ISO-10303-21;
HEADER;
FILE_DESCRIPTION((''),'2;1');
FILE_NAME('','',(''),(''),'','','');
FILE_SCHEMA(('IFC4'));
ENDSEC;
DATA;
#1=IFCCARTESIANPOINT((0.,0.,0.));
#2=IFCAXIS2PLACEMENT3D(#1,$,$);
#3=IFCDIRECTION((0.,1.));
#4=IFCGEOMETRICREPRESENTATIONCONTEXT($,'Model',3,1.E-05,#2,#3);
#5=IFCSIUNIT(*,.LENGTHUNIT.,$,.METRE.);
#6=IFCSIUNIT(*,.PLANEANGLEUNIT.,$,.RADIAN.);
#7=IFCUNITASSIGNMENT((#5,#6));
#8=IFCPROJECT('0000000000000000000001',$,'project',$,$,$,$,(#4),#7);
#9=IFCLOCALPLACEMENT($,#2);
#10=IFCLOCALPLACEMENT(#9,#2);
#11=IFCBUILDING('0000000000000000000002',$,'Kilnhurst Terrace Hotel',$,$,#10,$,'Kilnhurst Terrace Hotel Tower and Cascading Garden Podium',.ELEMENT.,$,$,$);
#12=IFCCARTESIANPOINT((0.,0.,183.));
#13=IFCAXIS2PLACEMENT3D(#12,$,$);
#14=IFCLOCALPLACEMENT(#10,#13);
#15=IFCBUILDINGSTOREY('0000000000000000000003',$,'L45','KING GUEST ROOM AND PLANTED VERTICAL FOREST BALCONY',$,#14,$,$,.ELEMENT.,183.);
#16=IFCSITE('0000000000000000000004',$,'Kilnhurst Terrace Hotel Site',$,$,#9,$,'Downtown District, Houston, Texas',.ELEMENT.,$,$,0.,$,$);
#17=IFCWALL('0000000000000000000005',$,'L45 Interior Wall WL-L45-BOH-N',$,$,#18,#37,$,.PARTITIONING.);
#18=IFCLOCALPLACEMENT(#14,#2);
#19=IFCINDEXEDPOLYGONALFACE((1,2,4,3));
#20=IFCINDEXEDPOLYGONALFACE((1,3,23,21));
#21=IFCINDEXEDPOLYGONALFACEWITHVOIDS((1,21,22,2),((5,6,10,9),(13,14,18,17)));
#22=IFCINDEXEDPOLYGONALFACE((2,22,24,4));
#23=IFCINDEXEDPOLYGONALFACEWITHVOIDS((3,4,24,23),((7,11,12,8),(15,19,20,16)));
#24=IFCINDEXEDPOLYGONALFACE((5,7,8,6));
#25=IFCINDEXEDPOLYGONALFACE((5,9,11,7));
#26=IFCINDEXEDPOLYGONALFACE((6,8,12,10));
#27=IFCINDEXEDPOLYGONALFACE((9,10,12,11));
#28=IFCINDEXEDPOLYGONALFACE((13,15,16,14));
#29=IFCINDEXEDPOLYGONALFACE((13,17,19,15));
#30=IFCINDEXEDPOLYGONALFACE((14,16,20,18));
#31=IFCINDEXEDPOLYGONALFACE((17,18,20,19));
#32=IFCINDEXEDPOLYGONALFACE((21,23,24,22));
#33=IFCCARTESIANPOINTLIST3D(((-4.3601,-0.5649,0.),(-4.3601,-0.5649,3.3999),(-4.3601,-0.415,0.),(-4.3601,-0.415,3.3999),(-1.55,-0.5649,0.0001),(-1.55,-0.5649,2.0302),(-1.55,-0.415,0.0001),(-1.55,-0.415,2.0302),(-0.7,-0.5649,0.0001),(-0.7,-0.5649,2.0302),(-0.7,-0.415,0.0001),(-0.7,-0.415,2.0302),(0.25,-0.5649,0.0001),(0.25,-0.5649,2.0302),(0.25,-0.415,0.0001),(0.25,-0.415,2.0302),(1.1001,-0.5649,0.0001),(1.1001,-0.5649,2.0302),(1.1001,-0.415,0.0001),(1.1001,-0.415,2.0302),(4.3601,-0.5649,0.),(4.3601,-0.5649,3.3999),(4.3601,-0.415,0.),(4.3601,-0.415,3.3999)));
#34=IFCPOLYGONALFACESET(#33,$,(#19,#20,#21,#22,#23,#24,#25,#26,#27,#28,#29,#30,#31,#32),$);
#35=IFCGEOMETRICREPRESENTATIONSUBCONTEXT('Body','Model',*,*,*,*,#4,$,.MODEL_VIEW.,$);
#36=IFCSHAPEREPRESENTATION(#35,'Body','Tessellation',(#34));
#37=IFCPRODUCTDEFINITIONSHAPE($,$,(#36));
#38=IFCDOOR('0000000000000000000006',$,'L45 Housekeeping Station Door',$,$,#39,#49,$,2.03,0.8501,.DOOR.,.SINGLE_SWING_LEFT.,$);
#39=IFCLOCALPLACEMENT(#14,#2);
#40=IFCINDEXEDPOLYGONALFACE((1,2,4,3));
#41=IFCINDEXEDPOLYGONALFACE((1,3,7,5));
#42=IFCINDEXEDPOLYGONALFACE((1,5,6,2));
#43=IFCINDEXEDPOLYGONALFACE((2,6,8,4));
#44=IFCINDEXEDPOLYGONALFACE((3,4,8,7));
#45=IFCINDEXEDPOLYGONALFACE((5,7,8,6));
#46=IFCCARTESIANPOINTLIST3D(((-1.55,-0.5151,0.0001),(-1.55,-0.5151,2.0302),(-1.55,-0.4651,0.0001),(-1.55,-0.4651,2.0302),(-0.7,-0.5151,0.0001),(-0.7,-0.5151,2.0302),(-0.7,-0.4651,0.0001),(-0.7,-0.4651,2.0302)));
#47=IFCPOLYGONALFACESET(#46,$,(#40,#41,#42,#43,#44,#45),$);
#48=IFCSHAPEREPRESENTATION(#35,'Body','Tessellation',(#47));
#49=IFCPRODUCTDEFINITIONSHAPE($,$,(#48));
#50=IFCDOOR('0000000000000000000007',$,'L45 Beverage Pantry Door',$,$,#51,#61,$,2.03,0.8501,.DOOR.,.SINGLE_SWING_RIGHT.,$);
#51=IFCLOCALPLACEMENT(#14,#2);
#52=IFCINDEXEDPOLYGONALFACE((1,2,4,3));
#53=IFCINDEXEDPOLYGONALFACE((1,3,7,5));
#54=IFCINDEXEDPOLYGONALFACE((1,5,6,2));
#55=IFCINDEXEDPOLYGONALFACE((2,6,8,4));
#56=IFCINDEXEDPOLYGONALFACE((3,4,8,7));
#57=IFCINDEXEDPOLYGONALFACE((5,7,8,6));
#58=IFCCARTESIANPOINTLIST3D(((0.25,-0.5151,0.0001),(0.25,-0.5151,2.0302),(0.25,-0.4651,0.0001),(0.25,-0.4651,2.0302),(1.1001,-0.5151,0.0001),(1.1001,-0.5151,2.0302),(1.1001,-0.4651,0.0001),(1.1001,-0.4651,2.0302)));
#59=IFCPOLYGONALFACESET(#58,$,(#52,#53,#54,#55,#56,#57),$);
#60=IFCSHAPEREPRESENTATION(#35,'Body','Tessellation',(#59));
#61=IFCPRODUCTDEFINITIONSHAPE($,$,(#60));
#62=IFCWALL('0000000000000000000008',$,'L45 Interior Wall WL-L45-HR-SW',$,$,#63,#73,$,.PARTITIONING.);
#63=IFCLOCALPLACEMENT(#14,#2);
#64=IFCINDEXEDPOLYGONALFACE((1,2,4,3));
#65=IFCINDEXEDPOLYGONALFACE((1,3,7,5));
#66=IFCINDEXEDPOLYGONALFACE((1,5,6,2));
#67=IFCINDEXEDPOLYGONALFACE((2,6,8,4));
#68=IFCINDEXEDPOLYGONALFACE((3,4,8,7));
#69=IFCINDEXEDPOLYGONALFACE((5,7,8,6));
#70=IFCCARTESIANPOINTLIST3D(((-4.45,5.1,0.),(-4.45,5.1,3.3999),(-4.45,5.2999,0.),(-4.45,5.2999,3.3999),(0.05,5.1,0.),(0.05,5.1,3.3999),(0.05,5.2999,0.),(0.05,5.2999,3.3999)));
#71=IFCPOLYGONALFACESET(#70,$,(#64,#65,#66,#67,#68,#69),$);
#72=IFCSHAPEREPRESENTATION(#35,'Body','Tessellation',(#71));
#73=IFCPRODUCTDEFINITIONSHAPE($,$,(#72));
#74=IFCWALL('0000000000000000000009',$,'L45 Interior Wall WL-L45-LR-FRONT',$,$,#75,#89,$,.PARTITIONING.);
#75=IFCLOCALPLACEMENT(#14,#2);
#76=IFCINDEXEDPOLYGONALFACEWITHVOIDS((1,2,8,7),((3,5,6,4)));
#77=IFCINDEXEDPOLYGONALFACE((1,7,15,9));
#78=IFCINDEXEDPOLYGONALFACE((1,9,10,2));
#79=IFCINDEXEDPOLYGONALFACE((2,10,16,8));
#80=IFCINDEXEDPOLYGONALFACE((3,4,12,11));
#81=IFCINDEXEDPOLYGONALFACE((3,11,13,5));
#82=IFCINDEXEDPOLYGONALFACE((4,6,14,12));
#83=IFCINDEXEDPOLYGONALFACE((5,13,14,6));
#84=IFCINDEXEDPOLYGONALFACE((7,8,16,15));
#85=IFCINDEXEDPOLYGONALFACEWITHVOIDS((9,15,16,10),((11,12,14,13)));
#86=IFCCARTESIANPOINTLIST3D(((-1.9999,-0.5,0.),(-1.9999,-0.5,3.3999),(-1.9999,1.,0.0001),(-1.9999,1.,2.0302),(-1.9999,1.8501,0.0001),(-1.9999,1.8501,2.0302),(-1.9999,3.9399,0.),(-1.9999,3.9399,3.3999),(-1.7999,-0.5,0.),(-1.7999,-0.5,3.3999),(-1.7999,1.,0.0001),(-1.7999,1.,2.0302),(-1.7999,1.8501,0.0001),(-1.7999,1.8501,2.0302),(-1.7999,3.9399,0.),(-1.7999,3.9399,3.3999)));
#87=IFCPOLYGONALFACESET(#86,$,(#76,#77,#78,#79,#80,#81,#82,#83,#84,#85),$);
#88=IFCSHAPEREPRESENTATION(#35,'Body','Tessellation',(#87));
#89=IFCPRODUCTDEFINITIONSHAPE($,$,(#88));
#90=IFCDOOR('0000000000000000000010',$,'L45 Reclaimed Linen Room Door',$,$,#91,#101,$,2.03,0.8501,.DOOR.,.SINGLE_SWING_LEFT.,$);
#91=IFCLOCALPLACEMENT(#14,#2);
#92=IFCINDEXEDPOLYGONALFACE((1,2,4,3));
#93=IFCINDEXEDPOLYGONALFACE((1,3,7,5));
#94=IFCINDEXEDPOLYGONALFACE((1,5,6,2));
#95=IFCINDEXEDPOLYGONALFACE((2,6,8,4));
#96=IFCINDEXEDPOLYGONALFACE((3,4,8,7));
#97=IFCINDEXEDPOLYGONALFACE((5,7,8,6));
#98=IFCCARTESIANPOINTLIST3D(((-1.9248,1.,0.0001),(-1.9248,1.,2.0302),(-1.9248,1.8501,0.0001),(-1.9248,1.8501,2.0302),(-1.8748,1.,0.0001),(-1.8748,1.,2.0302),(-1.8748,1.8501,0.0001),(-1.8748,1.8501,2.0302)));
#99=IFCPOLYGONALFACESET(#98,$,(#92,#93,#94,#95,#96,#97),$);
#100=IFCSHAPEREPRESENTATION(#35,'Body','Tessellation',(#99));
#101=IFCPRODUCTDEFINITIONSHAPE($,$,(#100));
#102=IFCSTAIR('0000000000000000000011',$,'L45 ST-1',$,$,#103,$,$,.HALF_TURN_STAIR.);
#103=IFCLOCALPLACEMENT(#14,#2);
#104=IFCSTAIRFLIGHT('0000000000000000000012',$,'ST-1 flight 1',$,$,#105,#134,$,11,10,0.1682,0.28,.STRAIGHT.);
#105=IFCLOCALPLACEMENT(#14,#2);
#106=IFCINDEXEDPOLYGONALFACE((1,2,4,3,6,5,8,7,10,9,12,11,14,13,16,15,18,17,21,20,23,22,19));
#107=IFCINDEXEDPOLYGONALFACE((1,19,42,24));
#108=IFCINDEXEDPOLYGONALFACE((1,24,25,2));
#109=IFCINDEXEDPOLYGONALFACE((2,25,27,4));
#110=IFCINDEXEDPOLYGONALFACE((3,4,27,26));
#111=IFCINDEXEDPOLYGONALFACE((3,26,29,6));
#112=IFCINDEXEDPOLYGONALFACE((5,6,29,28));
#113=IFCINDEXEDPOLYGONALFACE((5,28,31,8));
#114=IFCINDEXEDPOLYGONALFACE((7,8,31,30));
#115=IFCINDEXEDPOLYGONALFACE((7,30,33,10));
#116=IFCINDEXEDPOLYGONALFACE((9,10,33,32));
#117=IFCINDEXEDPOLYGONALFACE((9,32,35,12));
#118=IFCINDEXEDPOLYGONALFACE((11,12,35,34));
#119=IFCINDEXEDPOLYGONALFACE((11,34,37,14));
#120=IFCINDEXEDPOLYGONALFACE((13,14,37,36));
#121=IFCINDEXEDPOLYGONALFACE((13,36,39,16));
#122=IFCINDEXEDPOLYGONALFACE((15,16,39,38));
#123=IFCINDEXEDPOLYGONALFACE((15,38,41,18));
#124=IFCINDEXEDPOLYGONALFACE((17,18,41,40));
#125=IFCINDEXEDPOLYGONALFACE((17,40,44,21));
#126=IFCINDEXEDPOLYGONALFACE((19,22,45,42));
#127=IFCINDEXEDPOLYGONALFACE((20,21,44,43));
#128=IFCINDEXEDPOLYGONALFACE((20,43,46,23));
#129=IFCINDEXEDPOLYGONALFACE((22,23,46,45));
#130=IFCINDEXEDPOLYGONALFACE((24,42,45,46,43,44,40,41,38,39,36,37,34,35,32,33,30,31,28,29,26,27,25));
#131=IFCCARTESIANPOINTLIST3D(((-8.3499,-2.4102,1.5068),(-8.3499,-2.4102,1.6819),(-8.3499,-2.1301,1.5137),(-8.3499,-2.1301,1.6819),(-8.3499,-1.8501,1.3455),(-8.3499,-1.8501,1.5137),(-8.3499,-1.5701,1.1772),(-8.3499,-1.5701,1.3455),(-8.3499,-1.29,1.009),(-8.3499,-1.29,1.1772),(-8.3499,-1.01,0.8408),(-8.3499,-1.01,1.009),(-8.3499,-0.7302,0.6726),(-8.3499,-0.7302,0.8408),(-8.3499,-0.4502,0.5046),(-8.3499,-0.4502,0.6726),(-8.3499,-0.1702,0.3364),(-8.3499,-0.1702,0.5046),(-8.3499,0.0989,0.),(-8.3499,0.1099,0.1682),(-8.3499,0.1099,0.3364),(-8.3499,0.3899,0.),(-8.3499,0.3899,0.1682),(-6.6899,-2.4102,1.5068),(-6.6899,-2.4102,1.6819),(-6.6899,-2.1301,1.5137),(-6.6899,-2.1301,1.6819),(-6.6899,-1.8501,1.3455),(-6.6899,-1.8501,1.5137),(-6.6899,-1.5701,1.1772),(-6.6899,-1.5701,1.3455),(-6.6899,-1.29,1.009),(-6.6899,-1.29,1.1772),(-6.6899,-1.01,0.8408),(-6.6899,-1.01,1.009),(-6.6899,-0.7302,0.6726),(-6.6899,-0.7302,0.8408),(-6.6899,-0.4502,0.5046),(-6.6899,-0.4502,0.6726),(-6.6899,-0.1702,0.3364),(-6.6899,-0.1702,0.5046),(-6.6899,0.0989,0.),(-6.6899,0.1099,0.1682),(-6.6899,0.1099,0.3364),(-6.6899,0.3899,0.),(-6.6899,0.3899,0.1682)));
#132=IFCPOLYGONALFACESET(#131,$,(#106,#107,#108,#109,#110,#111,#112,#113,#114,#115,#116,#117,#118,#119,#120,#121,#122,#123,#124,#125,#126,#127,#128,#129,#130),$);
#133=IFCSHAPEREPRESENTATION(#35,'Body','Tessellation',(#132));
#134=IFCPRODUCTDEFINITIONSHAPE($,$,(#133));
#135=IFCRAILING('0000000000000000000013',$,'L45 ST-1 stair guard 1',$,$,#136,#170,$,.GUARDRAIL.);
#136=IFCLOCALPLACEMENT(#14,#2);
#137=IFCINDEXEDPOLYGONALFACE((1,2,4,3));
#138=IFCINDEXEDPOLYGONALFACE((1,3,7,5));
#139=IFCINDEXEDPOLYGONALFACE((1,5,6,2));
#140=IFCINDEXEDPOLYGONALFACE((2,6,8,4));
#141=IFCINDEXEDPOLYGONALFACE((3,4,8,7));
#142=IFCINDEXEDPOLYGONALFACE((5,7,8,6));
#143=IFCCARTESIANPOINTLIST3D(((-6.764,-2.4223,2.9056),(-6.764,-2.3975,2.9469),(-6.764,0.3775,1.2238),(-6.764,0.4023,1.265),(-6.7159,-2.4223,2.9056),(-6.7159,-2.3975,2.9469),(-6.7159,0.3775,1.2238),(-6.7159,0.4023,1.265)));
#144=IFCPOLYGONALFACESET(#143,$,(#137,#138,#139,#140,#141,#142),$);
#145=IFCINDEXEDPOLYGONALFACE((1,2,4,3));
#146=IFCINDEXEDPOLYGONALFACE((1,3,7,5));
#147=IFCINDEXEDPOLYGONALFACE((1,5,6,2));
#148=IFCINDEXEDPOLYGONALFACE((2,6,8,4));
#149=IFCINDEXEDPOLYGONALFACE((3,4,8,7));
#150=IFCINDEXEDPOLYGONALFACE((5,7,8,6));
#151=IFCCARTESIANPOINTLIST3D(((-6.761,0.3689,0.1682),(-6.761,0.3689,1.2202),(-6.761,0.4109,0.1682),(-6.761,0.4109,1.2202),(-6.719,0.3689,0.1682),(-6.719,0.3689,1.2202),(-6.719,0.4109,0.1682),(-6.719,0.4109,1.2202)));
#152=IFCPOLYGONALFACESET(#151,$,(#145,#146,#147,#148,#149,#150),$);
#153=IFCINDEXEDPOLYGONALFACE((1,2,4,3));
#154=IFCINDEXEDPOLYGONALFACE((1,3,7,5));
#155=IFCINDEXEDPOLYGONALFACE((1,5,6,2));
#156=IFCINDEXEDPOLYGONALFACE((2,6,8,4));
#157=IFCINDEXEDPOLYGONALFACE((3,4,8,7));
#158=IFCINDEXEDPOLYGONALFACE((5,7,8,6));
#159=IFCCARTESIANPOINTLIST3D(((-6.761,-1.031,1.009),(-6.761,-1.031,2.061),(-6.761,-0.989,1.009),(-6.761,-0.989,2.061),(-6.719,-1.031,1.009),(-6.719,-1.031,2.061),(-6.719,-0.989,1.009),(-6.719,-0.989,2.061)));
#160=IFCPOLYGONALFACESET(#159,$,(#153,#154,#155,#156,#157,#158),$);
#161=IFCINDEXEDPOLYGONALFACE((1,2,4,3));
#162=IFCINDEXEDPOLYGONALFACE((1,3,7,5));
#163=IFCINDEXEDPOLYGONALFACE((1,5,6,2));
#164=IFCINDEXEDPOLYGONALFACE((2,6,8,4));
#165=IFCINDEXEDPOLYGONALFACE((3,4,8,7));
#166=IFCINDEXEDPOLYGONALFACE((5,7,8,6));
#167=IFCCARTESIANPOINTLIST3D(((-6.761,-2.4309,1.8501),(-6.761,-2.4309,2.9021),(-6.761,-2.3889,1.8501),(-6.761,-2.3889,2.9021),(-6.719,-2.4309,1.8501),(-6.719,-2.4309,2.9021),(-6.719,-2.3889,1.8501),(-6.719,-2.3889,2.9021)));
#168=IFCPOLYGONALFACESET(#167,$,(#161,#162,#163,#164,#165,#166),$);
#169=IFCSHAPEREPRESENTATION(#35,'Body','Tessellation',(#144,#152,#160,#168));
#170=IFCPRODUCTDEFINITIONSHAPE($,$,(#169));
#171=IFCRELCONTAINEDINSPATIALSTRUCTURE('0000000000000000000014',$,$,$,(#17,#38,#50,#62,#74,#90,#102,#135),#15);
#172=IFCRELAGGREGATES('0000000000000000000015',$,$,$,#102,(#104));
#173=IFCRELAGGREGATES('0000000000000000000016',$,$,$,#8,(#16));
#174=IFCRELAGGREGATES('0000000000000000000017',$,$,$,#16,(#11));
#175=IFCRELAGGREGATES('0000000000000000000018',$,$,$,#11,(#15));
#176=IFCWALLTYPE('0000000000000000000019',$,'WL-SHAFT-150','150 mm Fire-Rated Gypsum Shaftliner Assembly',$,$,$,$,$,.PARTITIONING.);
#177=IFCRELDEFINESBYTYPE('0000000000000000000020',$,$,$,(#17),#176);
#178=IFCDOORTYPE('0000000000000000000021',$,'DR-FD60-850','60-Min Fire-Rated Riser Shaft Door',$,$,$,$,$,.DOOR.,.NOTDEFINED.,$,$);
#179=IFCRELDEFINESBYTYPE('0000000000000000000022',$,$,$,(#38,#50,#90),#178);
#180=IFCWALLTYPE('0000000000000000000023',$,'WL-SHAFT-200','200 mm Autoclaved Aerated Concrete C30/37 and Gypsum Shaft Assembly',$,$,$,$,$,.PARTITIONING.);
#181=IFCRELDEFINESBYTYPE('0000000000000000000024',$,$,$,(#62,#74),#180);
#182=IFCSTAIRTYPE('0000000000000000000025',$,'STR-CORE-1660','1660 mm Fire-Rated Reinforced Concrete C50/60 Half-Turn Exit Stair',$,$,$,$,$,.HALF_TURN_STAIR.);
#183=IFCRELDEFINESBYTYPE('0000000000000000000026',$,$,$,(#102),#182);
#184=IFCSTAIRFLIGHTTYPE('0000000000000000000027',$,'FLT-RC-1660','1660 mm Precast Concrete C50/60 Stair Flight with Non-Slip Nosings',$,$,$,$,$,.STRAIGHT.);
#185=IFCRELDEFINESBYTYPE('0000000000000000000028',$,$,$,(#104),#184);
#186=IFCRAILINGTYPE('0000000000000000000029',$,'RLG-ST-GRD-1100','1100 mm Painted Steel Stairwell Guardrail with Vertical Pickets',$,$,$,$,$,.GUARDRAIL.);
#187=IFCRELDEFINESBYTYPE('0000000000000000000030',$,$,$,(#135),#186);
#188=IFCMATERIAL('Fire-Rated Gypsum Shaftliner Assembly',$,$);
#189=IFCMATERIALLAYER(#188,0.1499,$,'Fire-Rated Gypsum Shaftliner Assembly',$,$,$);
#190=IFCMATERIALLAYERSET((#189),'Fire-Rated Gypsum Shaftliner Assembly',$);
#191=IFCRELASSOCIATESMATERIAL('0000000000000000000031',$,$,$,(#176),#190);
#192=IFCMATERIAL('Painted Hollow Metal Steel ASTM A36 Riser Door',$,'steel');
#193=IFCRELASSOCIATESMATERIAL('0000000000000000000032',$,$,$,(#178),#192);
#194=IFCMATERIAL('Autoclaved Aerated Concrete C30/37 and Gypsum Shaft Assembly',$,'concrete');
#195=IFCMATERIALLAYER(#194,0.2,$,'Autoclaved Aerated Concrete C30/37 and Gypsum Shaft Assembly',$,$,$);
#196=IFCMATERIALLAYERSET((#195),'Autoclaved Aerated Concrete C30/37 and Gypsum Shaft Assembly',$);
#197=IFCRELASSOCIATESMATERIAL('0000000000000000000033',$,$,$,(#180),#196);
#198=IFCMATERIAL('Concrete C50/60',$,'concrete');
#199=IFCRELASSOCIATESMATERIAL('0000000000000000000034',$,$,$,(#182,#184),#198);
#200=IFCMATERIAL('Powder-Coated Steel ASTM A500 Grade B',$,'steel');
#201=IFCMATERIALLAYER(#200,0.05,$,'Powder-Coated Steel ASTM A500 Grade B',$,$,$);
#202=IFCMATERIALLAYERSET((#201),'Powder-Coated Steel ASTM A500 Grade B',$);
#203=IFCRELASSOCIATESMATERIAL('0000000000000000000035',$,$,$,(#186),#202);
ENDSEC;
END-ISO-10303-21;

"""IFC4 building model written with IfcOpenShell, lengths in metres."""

from ifc_helpers import new_model, si_unit, direction, frame, frame_2d, origin, origin_2d, place, context, subcontext, project, spatial, polyline, rectangle, outline, extrude, material, layer, layer_set, type_object, element, fill, aggregate, save


model = new_model("IFC4")

# Units and contexts
model_context = context("Model", 3, precision=1e-05, world=origin(), true_north=direction((0.0, 1.0)))
body_context = subcontext(model_context, "Body", "Model", "MODEL_VIEW")
ifc_project = project(units=[si_unit("LENGTHUNIT", "METRE"), si_unit("PLANEANGLEUNIT", "RADIAN")], contexts=[model_context])

# Site, building, storey
site_placement = place(None, origin())
site = spatial("IfcSite", under=ifc_project, at=site_placement, Name="Kilnhurst Terrace Hotel Site", LongName="Downtown District, Houston, Texas", CompositionType="ELEMENT", RefElevation=0.0)
building_placement = place(site_placement, origin())
building = spatial("IfcBuilding", under=site, at=building_placement, Name="Kilnhurst Terrace Hotel", LongName="Kilnhurst Terrace Hotel Tower and Cascading Garden Podium", CompositionType="ELEMENT")
storey_placement = place(building_placement, frame((0.0, 0.0, 183.0)))
storey = spatial("IfcBuildingStorey", under=building, at=storey_placement, Name="L45", Description="KING GUEST ROOM AND PLANTED VERTICAL FOREST BALCONY", CompositionType="ELEMENT", Elevation=183.0)

# Shared definitions
ifc_material_1 = material(Name="Concrete C50/60", Category="concrete")

# Shared definitions
ifc_material_2 = material(Name="Fire-Rated Gypsum Shaftliner Assembly")
ifc_layer_1 = layer(ifc_material_2, 0.1499, Name="Fire-Rated Gypsum Shaftliner Assembly")
ifc_layer_set_1 = layer_set([ifc_layer_1], Name="Fire-Rated Gypsum Shaftliner Assembly")
wall_type_1 = type_object("IfcWallType", Name="WL-SHAFT-150", Description="150 mm Fire-Rated Gypsum Shaftliner Assembly", PredefinedType="PARTITIONING", material=ifc_layer_set_1)

# Wall, openings, doors
wall_1_placement = place(storey_placement, frame((-4.3601, -0.49, 0.0), z_axis=(0.0, 0.0, 1.0), x_axis=(1.0, 0.0, 0.0)))
wall_1 = element("IfcWall", 1, at=wall_1_placement, inside=storey, type_object=wall_type_1, Name="L45 Interior Wall WL-L45-BOH-N", PredefinedType="PARTITIONING", context=body_context, shape_type="SweptSolid", body=[
    extrude(rectangle(XDim=8.7202, YDim=0.1499, at=frame_2d((4.3601, 0.0))), origin(), (0.0, 0.0, 1.0), 3.3999),
])
opening_1_placement = place(wall_1_placement, frame((2.8101, 0.0, 0.0)))
opening_1 = element("IfcOpeningElement", 2, at=opening_1_placement, cuts=wall_1, PredefinedType="OPENING", context=body_context, shape_type="SweptSolid", body=[
    extrude(rectangle(XDim=0.8501, YDim=2.03, at=frame_2d((0.425, 1.0151))), frame((0.0, 0.085, 0.0), z_axis=(0.0, -1.0, 0.0), x_axis=(1.0, 0.0, 0.0)), (0.0, 0.0, 1.0), 0.1699),
])
opening_2_placement = place(wall_1_placement, frame((4.6101, 0.0, 0.0)))
opening_2 = element("IfcOpeningElement", 3, at=opening_2_placement, cuts=wall_1, PredefinedType="OPENING", context=body_context, shape_type="SweptSolid", body=[
    extrude(rectangle(XDim=0.8501, YDim=2.03, at=frame_2d((0.425, 1.0151))), frame((0.0, 0.085, 0.0), z_axis=(0.0, -1.0, 0.0), x_axis=(1.0, 0.0, 0.0)), (0.0, 0.0, 1.0), 0.1699),
])
ifc_material_3 = material(Name="Painted Hollow Metal Steel ASTM A36 Riser Door", Category="steel")
door_type_1 = type_object("IfcDoorType", Name="DR-FD60-850", Description="60-Min Fire-Rated Riser Shaft Door", OperationType="NOTDEFINED", PredefinedType="DOOR", material=ifc_material_3)
door_1_placement = place(opening_1_placement, origin())
door_1 = element("IfcDoor", 4, at=door_1_placement, inside=storey, type_object=door_type_1, Name="L45 Housekeeping Station Door", OperationType="SINGLE_SWING_LEFT", OverallHeight=2.03, OverallWidth=0.8501, PredefinedType="DOOR", context=body_context, shape_type="SweptSolid", body=[
    extrude(rectangle(XDim=0.8501, YDim=2.03, at=frame_2d((0.425, 1.0151))), frame((0.0, 0.0249, 0.0), z_axis=(0.0, -1.0, 0.0), x_axis=(1.0, 0.0, 0.0)), (0.0, 0.0, 1.0), 0.05),
])
fill(opening_1, door_1)
door_2_placement = place(opening_2_placement, origin())
door_2 = element("IfcDoor", 5, at=door_2_placement, inside=storey, type_object=door_type_1, Name="L45 Beverage Pantry Door", OperationType="SINGLE_SWING_RIGHT", OverallHeight=2.03, OverallWidth=0.8501, PredefinedType="DOOR", context=body_context, shape_type="SweptSolid", body=[
    extrude(rectangle(XDim=0.8501, YDim=2.03, at=frame_2d((0.425, 1.0151))), frame((0.0, 0.0249, 0.0), z_axis=(0.0, -1.0, 0.0), x_axis=(1.0, 0.0, 0.0)), (0.0, 0.0, 1.0), 0.05),
])
fill(opening_2, door_2)

# Wall
ifc_material_4 = material(Name="Autoclaved Aerated Concrete C30/37 and Gypsum Shaft Assembly", Category="concrete")
ifc_layer_2 = layer(ifc_material_4, 0.2, Name="Autoclaved Aerated Concrete C30/37 and Gypsum Shaft Assembly")
ifc_layer_set_2 = layer_set([ifc_layer_2], Name="Autoclaved Aerated Concrete C30/37 and Gypsum Shaft Assembly")
wall_type_2 = type_object("IfcWallType", Name="WL-SHAFT-200", Description="200 mm Autoclaved Aerated Concrete C30/37 and Gypsum Shaft Assembly", PredefinedType="PARTITIONING", material=ifc_layer_set_2)
wall_2_placement = place(storey_placement, frame((-4.45, 5.2, 0.0), z_axis=(0.0, 0.0, 1.0), x_axis=(1.0, 0.0, 0.0)))
element("IfcWall", 6, at=wall_2_placement, inside=storey, type_object=wall_type_2, Name="L45 Interior Wall WL-L45-HR-SW", PredefinedType="PARTITIONING", context=body_context, shape_type="SweptSolid", body=[
    extrude(rectangle(XDim=4.5, YDim=0.2, at=frame_2d((2.25, 0.0))), origin(), (0.0, 0.0, 1.0), 3.3999),
])

# Wall, opening, door
wall_3_placement = place(storey_placement, frame((-1.8999, -0.5, 0.0), z_axis=(0.0, 0.0, 1.0), x_axis=(0.0, 1.0, 0.0)))
wall_3 = element("IfcWall", 7, at=wall_3_placement, inside=storey, type_object=wall_type_2, Name="L45 Interior Wall WL-L45-LR-FRONT", PredefinedType="PARTITIONING", context=body_context, shape_type="SweptSolid", body=[
    extrude(rectangle(XDim=4.4399, YDim=0.2, at=frame_2d((2.22, 0.0))), origin(), (0.0, 0.0, 1.0), 3.3999),
])
opening_3_placement = place(wall_3_placement, frame((1.5, 0.0, 0.0)))
opening_3 = element("IfcOpeningElement", 8, at=opening_3_placement, cuts=wall_3, PredefinedType="OPENING", context=body_context, shape_type="SweptSolid", body=[
    extrude(rectangle(XDim=0.8501, YDim=2.03, at=frame_2d((0.425, 1.0151))), frame((0.0, 0.1099, 0.0), z_axis=(0.0, -1.0, 0.0), x_axis=(1.0, 0.0, 0.0)), (0.0, 0.0, 1.0), 0.22),
])
door_3_placement = place(opening_3_placement, origin())
door_3 = element("IfcDoor", 9, at=door_3_placement, inside=storey, type_object=door_type_1, Name="L45 Reclaimed Linen Room Door", OperationType="SINGLE_SWING_LEFT", OverallHeight=2.03, OverallWidth=0.8501, PredefinedType="DOOR", context=body_context, shape_type="SweptSolid", body=[
    extrude(rectangle(XDim=0.8501, YDim=2.03, at=frame_2d((0.425, 1.0151))), frame((0.0, 0.0249, 0.0), z_axis=(0.0, -1.0, 0.0), x_axis=(1.0, 0.0, 0.0)), (0.0, 0.0, 1.0), 0.05),
])
fill(opening_3, door_3)

# Stair, stair flight
stair_type = type_object("IfcStairType", Name="STR-CORE-1660", Description="1660 mm Fire-Rated Reinforced Concrete C50/60 Half-Turn Exit Stair", PredefinedType="HALF_TURN_STAIR", material=ifc_material_1)
stair_placement = place(storey_placement, origin())
stair = element("IfcStair", 10, at=stair_placement, inside=storey, type_object=stair_type, Name="L45 ST-1", PredefinedType="HALF_TURN_STAIR")
stair_flight_type = type_object("IfcStairFlightType", Name="FLT-RC-1660", Description="1660 mm Precast Concrete C50/60 Stair Flight with Non-Slip Nosings", PredefinedType="STRAIGHT", material=ifc_material_1)
stair_flight_placement = place(storey_placement, frame((-7.52, 0.3899, 0.0), z_axis=(0.0, 0.0, 1.0), x_axis=(0.0, -1.0, 0.0)))
stair_flight = element("IfcStairFlight", 11, at=stair_flight_placement, type_object=stair_flight_type, Name="ST-1 flight 1", NumberOfRisers=11, NumberOfTreads=10, PredefinedType="STRAIGHT", RiserHeight=0.1682, TreadLength=0.28, context=body_context, shape_type="SweptSolid", body=[
    extrude(outline(polyline([(0.0, 0.0), (0.0, 0.1682), (0.28, 0.1682), (0.28, 0.3364), (0.5601, 0.3364), (0.5601, 0.5046), (0.8401, 0.5046), (0.8401, 0.6726), (1.1201, 0.6726), (1.1201, 0.8408), (1.3999, 0.8408), (1.3999, 1.009), (1.6799, 1.009), (1.6799, 1.1772), (1.96, 1.1772), (1.96, 1.3455), (2.24, 1.3455), (2.24, 1.5137), (2.52, 1.5137), (2.52, 1.6819), (2.8, 1.6819), (2.8, 1.8501), (2.8, 1.5068), (0.291, 0.0), (0.0, 0.0)])), frame((0.0, 0.8301, 0.0), z_axis=(0.0, -1.0, 0.0), x_axis=(1.0, 0.0, 0.0)), (0.0, 0.0, 1.0), 1.6599),
])
aggregate(stair, [stair_flight])

# Railing
ifc_material_5 = material(Name="Powder-Coated Steel ASTM A500 Grade B", Category="steel")
ifc_layer_3 = layer(ifc_material_5, 0.05, Name="Powder-Coated Steel ASTM A500 Grade B")
ifc_layer_set_3 = layer_set([ifc_layer_3], Name="Powder-Coated Steel ASTM A500 Grade B")
railing_type_1 = type_object("IfcRailingType", Name="RLG-ST-GRD-1100", Description="1100 mm Painted Steel Stairwell Guardrail with Vertical Pickets", PredefinedType="GUARDRAIL", material=ifc_layer_set_3)
railing_1_placement = place(storey_placement, frame((-6.74, 0.3899, 0.1682)))
element("IfcRailing", 12, at=railing_1_placement, inside=storey, type_object=railing_type_1, Name="L45 ST-1 stair guard 1", PredefinedType="GUARDRAIL", context=body_context, shape_type="SweptSolid", body=[
    extrude(rectangle(XDim=0.0481, YDim=0.0481, at=origin_2d()), frame((0.0, 0.0, 1.0762), z_axis=(0.0, -0.857222, 0.514946), x_axis=(1.0, 0.0, 0.0)), (0.0, 0.0, 1.0), 3.2661),
    extrude(rectangle(XDim=0.042, YDim=0.042, at=origin_2d()), origin(), (0.0, 0.0, 1.0), 1.052),
    extrude(rectangle(XDim=0.042, YDim=0.042, at=origin_2d()), frame((0.0, -1.3999, 0.8408)), (0.0, 0.0, 1.0), 1.052),
    extrude(rectangle(XDim=0.042, YDim=0.042, at=origin_2d()), frame((0.0, -2.7998, 1.6819)), (0.0, 0.0, 1.0), 1.052),
])

save(model, "model.ifc")
